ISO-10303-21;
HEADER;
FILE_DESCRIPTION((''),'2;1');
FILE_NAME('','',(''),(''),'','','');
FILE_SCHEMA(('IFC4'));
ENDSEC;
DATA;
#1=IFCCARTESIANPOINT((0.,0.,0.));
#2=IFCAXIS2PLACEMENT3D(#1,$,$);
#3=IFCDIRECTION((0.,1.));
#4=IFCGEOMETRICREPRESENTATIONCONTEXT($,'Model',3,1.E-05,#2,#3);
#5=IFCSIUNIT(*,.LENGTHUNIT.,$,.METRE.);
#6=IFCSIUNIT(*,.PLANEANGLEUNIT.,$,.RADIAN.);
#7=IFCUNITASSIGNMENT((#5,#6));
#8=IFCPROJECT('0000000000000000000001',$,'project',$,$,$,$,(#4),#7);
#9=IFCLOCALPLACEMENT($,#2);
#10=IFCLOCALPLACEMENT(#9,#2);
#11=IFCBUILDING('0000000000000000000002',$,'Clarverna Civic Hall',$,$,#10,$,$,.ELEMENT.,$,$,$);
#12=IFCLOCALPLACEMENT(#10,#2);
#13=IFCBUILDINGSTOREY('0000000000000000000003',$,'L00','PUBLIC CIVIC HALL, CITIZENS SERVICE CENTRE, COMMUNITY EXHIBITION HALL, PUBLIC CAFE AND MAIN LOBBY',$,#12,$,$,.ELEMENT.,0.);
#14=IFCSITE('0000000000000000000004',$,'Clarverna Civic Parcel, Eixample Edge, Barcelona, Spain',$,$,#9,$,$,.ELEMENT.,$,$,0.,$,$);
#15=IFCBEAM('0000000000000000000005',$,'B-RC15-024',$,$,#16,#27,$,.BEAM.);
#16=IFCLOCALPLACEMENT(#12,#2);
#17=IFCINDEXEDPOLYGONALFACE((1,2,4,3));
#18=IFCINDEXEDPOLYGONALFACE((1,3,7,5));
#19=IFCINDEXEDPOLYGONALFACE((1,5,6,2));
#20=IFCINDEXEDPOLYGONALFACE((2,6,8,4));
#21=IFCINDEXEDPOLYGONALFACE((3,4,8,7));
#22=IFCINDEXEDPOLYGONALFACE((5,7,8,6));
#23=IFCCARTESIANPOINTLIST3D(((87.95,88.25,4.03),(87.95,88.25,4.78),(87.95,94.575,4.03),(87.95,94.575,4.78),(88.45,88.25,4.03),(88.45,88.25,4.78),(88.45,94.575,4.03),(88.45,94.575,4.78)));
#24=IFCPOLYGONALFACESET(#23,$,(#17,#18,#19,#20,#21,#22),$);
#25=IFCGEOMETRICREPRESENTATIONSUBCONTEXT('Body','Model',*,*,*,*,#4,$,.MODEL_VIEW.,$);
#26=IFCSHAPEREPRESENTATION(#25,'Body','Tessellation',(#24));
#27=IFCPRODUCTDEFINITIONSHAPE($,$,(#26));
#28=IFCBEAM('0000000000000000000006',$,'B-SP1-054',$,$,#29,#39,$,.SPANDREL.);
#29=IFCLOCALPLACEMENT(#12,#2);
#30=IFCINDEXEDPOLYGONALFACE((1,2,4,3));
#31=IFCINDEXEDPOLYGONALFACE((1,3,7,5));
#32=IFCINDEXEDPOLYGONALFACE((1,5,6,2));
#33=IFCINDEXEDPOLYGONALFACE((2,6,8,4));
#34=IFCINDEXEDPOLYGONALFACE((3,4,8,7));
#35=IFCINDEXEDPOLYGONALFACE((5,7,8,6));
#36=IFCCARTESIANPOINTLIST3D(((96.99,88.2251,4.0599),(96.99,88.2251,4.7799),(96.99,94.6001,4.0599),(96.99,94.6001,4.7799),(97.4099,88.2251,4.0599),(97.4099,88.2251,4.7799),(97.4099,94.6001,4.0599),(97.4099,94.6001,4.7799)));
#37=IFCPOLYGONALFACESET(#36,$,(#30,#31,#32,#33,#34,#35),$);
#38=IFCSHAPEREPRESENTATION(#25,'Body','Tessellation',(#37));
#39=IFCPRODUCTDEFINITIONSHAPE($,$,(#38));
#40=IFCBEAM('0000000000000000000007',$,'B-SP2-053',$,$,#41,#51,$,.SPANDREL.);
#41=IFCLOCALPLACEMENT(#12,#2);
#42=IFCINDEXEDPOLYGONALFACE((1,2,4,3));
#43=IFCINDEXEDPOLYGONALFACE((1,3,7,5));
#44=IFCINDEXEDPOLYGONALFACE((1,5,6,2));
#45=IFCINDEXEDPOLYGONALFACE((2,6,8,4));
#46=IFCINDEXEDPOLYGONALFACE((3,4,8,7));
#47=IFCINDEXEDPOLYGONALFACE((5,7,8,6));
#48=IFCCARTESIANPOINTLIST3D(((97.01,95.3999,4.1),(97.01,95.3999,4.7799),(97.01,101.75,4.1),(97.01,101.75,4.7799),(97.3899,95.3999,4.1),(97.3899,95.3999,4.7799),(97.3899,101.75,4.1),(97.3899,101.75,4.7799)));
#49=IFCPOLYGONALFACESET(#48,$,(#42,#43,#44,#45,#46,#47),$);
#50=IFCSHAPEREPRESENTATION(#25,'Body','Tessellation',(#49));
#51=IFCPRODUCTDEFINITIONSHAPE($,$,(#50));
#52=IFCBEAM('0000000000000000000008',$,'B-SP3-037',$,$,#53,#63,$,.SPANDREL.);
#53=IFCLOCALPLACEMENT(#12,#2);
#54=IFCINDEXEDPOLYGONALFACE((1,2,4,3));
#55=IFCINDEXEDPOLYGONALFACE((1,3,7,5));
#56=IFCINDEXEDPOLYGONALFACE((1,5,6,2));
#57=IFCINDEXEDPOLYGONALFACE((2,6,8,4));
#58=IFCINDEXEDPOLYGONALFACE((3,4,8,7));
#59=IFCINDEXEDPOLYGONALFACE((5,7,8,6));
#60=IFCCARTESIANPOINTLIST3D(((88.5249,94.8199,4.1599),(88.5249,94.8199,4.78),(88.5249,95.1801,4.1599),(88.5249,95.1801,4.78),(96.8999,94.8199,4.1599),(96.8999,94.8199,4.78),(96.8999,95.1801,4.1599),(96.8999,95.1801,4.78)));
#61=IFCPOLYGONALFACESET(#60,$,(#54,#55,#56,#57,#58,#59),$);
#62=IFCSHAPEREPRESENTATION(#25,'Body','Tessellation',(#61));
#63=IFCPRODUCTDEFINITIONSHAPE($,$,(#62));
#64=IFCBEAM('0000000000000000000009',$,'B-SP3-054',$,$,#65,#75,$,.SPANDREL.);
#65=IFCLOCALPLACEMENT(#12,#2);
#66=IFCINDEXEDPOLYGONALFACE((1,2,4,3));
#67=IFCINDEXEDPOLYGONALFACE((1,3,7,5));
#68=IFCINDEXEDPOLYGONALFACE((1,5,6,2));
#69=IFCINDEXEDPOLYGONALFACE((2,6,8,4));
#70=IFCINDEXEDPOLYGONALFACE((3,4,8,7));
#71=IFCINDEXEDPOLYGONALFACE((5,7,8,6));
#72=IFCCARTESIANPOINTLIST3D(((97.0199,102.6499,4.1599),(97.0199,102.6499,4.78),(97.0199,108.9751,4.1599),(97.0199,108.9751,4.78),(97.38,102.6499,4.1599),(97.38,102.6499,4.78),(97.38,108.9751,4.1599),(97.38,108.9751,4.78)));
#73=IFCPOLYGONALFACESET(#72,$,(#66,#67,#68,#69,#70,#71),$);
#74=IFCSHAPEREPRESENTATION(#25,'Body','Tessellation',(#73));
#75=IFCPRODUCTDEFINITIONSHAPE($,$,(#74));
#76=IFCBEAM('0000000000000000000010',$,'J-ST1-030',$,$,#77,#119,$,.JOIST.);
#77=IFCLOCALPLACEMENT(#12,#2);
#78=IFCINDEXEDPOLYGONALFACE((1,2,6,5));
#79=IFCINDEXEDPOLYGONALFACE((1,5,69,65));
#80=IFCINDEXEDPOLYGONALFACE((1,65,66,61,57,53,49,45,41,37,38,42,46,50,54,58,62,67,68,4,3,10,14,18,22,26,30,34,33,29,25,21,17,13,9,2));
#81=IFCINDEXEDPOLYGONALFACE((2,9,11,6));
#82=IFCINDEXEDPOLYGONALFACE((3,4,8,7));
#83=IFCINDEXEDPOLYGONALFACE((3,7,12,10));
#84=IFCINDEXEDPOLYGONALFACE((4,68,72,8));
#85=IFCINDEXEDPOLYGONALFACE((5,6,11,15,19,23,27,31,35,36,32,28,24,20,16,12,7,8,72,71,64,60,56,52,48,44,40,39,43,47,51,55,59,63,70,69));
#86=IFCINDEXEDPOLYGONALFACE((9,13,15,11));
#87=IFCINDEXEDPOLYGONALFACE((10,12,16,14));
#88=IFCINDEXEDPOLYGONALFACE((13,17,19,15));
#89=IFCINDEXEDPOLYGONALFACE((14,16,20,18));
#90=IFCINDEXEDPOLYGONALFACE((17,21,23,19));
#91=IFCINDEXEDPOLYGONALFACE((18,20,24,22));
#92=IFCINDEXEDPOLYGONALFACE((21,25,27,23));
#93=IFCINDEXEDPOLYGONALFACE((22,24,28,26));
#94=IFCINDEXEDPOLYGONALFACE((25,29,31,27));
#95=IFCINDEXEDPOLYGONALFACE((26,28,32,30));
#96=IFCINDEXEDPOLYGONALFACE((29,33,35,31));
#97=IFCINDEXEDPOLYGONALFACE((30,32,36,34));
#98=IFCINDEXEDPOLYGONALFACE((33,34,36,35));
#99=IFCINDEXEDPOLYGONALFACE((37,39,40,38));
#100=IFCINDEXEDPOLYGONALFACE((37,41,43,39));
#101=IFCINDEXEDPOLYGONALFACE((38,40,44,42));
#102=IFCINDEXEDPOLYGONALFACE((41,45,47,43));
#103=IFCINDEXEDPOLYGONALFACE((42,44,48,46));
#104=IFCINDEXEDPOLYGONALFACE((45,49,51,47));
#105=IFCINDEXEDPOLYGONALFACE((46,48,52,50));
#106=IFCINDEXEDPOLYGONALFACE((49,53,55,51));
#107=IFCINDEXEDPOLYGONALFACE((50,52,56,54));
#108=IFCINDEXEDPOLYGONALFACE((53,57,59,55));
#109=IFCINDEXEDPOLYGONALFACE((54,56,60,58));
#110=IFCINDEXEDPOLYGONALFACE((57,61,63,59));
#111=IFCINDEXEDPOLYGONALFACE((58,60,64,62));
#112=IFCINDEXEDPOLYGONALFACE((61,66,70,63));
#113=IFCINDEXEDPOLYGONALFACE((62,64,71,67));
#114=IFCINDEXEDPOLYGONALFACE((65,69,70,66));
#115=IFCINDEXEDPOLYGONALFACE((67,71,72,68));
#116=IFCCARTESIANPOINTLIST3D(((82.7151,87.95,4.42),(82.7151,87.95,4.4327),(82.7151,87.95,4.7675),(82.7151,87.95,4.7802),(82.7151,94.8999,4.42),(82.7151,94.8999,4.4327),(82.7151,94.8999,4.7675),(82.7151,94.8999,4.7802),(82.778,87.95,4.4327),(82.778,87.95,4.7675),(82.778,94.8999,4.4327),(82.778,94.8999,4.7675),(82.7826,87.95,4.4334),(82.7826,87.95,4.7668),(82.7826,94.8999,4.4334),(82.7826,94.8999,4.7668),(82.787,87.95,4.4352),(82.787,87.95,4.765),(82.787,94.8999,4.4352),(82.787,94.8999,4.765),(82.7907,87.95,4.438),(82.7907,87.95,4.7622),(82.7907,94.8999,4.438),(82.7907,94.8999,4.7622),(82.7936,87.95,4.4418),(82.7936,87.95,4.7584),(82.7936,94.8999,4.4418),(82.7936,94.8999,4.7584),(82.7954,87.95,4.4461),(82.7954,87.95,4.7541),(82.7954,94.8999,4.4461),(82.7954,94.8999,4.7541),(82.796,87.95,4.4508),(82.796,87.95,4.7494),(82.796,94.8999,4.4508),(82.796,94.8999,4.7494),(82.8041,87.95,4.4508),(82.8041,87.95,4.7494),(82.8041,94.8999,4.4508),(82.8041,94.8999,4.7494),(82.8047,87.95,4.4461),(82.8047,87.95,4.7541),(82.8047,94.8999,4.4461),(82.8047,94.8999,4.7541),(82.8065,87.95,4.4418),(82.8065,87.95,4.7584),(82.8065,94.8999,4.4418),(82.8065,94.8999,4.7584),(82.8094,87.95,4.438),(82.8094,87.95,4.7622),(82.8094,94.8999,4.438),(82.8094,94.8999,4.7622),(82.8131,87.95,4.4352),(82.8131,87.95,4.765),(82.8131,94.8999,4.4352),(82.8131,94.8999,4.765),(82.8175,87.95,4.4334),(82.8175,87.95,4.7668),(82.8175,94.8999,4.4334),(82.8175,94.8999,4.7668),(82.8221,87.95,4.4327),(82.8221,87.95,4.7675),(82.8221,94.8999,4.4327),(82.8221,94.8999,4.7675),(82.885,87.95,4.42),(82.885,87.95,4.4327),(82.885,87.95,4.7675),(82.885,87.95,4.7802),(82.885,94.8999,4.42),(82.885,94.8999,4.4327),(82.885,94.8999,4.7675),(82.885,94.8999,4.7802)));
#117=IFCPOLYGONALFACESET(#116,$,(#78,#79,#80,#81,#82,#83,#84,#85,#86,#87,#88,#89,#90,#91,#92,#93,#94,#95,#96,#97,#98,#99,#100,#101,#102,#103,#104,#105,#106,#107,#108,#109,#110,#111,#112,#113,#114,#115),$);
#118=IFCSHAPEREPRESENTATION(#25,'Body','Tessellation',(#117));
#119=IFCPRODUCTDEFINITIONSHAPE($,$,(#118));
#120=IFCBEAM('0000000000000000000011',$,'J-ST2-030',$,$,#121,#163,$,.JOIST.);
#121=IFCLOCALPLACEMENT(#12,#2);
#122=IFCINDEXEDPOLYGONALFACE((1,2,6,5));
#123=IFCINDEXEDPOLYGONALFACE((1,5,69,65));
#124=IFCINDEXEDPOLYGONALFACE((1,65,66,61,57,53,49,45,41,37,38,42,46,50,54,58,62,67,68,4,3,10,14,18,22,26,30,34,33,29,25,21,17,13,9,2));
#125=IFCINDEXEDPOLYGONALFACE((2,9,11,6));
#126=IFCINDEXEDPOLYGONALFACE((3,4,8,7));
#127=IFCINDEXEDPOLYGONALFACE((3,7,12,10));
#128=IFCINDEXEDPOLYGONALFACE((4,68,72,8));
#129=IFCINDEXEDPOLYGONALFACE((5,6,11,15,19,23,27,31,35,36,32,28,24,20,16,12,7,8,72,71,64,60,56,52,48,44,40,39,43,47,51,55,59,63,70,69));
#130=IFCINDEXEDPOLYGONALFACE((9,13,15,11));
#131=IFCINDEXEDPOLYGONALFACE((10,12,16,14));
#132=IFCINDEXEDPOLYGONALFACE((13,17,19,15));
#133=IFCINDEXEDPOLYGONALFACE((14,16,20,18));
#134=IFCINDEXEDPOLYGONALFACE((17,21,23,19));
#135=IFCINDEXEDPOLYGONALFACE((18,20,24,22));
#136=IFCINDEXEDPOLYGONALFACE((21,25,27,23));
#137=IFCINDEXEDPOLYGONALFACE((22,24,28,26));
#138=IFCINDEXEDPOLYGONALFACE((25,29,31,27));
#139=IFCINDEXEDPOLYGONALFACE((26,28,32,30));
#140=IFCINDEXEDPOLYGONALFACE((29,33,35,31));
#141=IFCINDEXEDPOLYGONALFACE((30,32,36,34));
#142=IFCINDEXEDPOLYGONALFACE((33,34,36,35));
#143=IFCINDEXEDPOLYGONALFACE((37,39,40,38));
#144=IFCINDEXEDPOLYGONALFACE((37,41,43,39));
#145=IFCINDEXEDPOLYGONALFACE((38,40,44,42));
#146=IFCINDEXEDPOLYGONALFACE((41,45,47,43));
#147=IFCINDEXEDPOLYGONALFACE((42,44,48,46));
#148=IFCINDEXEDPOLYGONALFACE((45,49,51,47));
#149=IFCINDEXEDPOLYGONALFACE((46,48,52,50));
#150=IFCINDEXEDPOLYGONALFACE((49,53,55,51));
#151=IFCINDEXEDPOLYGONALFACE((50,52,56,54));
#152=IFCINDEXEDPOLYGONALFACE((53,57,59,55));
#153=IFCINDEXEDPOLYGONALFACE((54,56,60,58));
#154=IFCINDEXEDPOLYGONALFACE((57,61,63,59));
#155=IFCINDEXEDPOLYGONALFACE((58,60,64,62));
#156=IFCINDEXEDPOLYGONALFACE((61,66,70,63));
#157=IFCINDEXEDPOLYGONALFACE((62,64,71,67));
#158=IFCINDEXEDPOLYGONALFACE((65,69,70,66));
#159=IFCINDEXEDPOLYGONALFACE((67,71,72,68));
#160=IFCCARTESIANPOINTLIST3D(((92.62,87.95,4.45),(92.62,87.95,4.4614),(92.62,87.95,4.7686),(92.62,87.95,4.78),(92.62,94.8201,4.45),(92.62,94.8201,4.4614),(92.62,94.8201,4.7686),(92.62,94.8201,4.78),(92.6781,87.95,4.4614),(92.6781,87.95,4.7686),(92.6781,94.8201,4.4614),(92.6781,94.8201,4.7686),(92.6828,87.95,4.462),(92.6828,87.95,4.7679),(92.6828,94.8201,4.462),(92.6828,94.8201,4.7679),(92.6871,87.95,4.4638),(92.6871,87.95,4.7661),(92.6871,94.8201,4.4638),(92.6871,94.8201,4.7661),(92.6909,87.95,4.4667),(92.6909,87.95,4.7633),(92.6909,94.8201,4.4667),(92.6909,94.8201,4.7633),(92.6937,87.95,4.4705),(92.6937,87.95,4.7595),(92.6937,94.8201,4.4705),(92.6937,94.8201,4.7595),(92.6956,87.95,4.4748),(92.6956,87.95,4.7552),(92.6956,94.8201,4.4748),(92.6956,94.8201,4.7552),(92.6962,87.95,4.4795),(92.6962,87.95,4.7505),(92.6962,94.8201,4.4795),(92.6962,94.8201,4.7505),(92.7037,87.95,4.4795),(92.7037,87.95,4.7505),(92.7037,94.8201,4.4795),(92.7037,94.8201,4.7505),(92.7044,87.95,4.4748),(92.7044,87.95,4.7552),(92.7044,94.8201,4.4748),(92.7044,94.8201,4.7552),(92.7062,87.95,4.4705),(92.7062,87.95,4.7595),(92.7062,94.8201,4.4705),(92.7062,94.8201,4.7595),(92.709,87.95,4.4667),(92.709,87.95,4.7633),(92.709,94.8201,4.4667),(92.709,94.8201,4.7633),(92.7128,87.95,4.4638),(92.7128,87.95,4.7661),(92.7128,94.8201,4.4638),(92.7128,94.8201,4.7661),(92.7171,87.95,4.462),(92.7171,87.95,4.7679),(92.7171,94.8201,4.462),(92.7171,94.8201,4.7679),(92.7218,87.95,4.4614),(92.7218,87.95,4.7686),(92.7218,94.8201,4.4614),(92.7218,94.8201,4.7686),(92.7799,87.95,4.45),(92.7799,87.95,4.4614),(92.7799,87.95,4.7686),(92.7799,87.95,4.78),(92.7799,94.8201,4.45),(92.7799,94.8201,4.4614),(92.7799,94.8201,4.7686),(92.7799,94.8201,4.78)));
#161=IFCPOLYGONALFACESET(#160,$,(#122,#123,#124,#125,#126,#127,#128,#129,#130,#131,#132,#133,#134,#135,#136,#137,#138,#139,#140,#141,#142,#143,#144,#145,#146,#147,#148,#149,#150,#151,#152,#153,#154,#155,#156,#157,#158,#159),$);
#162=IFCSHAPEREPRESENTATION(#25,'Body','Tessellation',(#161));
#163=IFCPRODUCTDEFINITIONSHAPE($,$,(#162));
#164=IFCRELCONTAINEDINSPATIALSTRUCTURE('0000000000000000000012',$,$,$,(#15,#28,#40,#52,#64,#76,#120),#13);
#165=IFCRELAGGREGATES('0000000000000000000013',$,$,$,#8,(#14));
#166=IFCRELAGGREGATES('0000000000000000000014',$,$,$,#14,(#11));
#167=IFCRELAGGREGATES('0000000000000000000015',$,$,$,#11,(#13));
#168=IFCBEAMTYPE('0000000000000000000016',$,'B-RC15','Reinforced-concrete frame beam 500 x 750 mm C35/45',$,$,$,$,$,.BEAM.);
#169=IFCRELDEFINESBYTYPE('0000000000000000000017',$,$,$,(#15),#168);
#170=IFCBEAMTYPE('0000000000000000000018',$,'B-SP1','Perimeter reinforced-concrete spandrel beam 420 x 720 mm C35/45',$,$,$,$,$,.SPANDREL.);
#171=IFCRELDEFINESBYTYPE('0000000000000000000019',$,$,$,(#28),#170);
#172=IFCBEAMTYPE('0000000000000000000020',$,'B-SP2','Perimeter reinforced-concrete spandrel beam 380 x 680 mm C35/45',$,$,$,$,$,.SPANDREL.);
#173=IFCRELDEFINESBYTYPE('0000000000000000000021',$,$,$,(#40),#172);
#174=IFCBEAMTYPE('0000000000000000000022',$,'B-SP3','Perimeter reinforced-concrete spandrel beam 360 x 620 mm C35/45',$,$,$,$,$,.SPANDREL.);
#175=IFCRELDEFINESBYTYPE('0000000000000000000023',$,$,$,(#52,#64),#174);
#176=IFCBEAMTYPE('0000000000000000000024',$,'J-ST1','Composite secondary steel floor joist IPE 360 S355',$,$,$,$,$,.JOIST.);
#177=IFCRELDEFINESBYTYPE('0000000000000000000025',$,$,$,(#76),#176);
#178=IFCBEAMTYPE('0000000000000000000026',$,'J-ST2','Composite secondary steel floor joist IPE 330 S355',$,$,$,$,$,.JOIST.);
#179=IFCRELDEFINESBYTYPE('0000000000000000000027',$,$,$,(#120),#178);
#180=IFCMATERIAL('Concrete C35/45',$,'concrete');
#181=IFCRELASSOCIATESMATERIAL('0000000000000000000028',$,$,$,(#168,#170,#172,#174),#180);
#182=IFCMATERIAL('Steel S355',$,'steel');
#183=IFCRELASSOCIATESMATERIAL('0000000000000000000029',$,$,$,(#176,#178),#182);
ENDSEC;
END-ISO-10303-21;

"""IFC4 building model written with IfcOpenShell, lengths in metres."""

from ifc_helpers import new_model, si_unit, direction, frame, origin, origin_2d, place, context, subcontext, project, spatial, rectangle, i_section, extrude, material, material_profile, profile_set, type_object, element, save


model = new_model("IFC4")

# Units and contexts
model_context = context("Model", 3, precision=1e-05, world=origin(), true_north=direction((0.0, 1.0)))
body_context = subcontext(model_context, "Body", "Model", "MODEL_VIEW")
ifc_project = project(units=[si_unit("LENGTHUNIT", "METRE"), si_unit("PLANEANGLEUNIT", "RADIAN")], contexts=[model_context])

# Site, building, storey
site_placement = place(None, origin())
site = spatial("IfcSite", under=ifc_project, at=site_placement, Name="Clarverna Civic Parcel, Eixample Edge, Barcelona, Spain", CompositionType="ELEMENT", RefElevation=0.0)
building_placement = place(site_placement, origin())
building = spatial("IfcBuilding", under=site, at=building_placement, Name="Clarverna Civic Hall", CompositionType="ELEMENT")
storey_placement = place(building_placement, origin())
storey = spatial("IfcBuildingStorey", under=building, at=storey_placement, Name="L00", Description="PUBLIC CIVIC HALL, CITIZENS SERVICE CENTRE, COMMUNITY EXHIBITION HALL, PUBLIC CAFE AND MAIN LOBBY", CompositionType="ELEMENT", Elevation=0.0)

# Shared definitions
ifc_material_1 = material(Name="Concrete C35/45", Category="concrete")

# Beams
ifc_material_2 = material(Name="Steel S355", Category="steel")
ifc_material_profile_1 = material_profile(ifc_material_1, rectangle(XDim=0.5, YDim=0.75, at=origin_2d()), Name="RC 500x750")
ifc_profile_set_1 = profile_set([ifc_material_profile_1], Name="Concrete C35/45")
beam_type_1 = type_object("IfcBeamType", Name="B-RC15", Description="Reinforced-concrete frame beam 500 x 750 mm C35/45", PredefinedType="BEAM", material=ifc_profile_set_1)
beam_1_placement = place(storey_placement, frame((88.2, 88.25, 4.405), z_axis=(0.0, 1.0, 0.0), x_axis=(-1.0, 0.0, 0.0)))
element("IfcBeam", 1, at=beam_1_placement, inside=storey, type_object=beam_type_1, Name="B-RC15-024", PredefinedType="BEAM", context=body_context, shape_type="SweptSolid", body=[
    extrude(rectangle(XDim=0.5, YDim=0.75, at=origin_2d()), origin(), (0.0, 0.0, 1.0), 6.325),
])
ifc_material_profile_2 = material_profile(ifc_material_1, rectangle(XDim=0.4199, YDim=0.72, at=origin_2d()), Name="RC 420x720")
ifc_profile_set_2 = profile_set([ifc_material_profile_2], Name="Concrete C35/45")
beam_type_2 = type_object("IfcBeamType", Name="B-SP1", Description="Perimeter reinforced-concrete spandrel beam 420 x 720 mm C35/45", PredefinedType="SPANDREL", material=ifc_profile_set_2)
beam_2_placement = place(storey_placement, frame((97.2, 88.2251, 4.4199), z_axis=(0.0, 1.0, 0.0), x_axis=(-1.0, 0.0, 0.0)))
element("IfcBeam", 2, at=beam_2_placement, inside=storey, type_object=beam_type_2, Name="B-SP1-054", PredefinedType="SPANDREL", context=body_context, shape_type="SweptSolid", body=[
    extrude(rectangle(XDim=0.4199, YDim=0.72, at=origin_2d()), origin(), (0.0, 0.0, 1.0), 6.375),
])
ifc_material_profile_3 = material_profile(ifc_material_1, rectangle(XDim=0.3799, YDim=0.6799, at=origin_2d()), Name="RC 380x680")
ifc_profile_set_3 = profile_set([ifc_material_profile_3], Name="Concrete C35/45")
beam_type_3 = type_object("IfcBeamType", Name="B-SP2", Description="Perimeter reinforced-concrete spandrel beam 380 x 680 mm C35/45", PredefinedType="SPANDREL", material=ifc_profile_set_3)
beam_3_placement = place(storey_placement, frame((97.2, 95.3999, 4.4399), z_axis=(0.0, 1.0, 0.0), x_axis=(-1.0, 0.0, 0.0)))
element("IfcBeam", 3, at=beam_3_placement, inside=storey, type_object=beam_type_3, Name="B-SP2-053", PredefinedType="SPANDREL", context=body_context, shape_type="SweptSolid", body=[
    extrude(rectangle(XDim=0.3799, YDim=0.6799, at=origin_2d()), origin(), (0.0, 0.0, 1.0), 6.3501),
])
ifc_material_profile_4 = material_profile(ifc_material_1, rectangle(XDim=0.3601, YDim=0.6201, at=origin_2d()), Name="RC 360x620")
ifc_profile_set_4 = profile_set([ifc_material_profile_4], Name="Concrete C35/45")
beam_type_4 = type_object("IfcBeamType", Name="B-SP3", Description="Perimeter reinforced-concrete spandrel beam 360 x 620 mm C35/45", PredefinedType="SPANDREL", material=ifc_profile_set_4)
beam_4_placement = place(storey_placement, frame((88.5249, 95.0, 4.47), z_axis=(1.0, 0.0, 0.0), x_axis=(0.0, 1.0, 0.0)))
element("IfcBeam", 4, at=beam_4_placement, inside=storey, type_object=beam_type_4, Name="B-SP3-037", PredefinedType="SPANDREL", context=body_context, shape_type="SweptSolid", body=[
    extrude(rectangle(XDim=0.3601, YDim=0.6201, at=origin_2d()), origin(), (0.0, 0.0, 1.0), 8.375),
])
beam_5_placement = place(storey_placement, frame((97.2, 102.6499, 4.47), z_axis=(0.0, 1.0, 0.0), x_axis=(-1.0, 0.0, 0.0)))
element("IfcBeam", 5, at=beam_5_placement, inside=storey, type_object=beam_type_4, Name="B-SP3-054", PredefinedType="SPANDREL", context=body_context, shape_type="SweptSolid", body=[
    extrude(rectangle(XDim=0.3601, YDim=0.6201, at=origin_2d()), origin(), (0.0, 0.0, 1.0), 6.3252),
])
ifc_material_profile_5 = material_profile(ifc_material_2, i_section(OverallWidth=0.1699, OverallDepth=0.3601, WebThickness=0.0081, FlangeThickness=0.0127, FilletRadius=0.0181, at=origin_2d()), Name="IPE 360")
ifc_profile_set_5 = profile_set([ifc_material_profile_5], Name="Steel S355")
beam_type_5 = type_object("IfcBeamType", Name="J-ST1", Description="Composite secondary steel floor joist IPE 360 S355", PredefinedType="JOIST", material=ifc_profile_set_5)
beam_6_placement = place(storey_placement, frame((82.8, 87.95, 4.6001), z_axis=(0.0, 1.0, 0.0), x_axis=(-1.0, 0.0, 0.0)))
element("IfcBeam", 6, at=beam_6_placement, inside=storey, type_object=beam_type_5, Name="J-ST1-030", PredefinedType="JOIST", context=body_context, shape_type="SweptSolid", body=[
    extrude(i_section(OverallWidth=0.1699, OverallDepth=0.3601, WebThickness=0.0081, FlangeThickness=0.0127, FilletRadius=0.0181, at=origin_2d()), origin(), (0.0, 0.0, 1.0), 6.95),
])
ifc_material_profile_6 = material_profile(ifc_material_2, i_section(OverallWidth=0.1599, OverallDepth=0.3301, WebThickness=0.0076, FlangeThickness=0.0115, FilletRadius=0.0181, at=origin_2d()), Name="IPE 330")
ifc_profile_set_6 = profile_set([ifc_material_profile_6], Name="Steel S355")
beam_type_6 = type_object("IfcBeamType", Name="J-ST2", Description="Composite secondary steel floor joist IPE 330 S355", PredefinedType="JOIST", material=ifc_profile_set_6)
beam_7_placement = place(storey_placement, frame((92.7, 87.95, 4.615), z_axis=(0.0, 1.0, 0.0), x_axis=(-1.0, 0.0, 0.0)))
element("IfcBeam", 7, at=beam_7_placement, inside=storey, type_object=beam_type_6, Name="J-ST2-030", PredefinedType="JOIST", context=body_context, shape_type="SweptSolid", body=[
    extrude(i_section(OverallWidth=0.1599, OverallDepth=0.3301, WebThickness=0.0076, FlangeThickness=0.0115, FilletRadius=0.0181, at=origin_2d()), origin(), (0.0, 0.0, 1.0), 6.8701),
])

save(model, "model.ifc")
